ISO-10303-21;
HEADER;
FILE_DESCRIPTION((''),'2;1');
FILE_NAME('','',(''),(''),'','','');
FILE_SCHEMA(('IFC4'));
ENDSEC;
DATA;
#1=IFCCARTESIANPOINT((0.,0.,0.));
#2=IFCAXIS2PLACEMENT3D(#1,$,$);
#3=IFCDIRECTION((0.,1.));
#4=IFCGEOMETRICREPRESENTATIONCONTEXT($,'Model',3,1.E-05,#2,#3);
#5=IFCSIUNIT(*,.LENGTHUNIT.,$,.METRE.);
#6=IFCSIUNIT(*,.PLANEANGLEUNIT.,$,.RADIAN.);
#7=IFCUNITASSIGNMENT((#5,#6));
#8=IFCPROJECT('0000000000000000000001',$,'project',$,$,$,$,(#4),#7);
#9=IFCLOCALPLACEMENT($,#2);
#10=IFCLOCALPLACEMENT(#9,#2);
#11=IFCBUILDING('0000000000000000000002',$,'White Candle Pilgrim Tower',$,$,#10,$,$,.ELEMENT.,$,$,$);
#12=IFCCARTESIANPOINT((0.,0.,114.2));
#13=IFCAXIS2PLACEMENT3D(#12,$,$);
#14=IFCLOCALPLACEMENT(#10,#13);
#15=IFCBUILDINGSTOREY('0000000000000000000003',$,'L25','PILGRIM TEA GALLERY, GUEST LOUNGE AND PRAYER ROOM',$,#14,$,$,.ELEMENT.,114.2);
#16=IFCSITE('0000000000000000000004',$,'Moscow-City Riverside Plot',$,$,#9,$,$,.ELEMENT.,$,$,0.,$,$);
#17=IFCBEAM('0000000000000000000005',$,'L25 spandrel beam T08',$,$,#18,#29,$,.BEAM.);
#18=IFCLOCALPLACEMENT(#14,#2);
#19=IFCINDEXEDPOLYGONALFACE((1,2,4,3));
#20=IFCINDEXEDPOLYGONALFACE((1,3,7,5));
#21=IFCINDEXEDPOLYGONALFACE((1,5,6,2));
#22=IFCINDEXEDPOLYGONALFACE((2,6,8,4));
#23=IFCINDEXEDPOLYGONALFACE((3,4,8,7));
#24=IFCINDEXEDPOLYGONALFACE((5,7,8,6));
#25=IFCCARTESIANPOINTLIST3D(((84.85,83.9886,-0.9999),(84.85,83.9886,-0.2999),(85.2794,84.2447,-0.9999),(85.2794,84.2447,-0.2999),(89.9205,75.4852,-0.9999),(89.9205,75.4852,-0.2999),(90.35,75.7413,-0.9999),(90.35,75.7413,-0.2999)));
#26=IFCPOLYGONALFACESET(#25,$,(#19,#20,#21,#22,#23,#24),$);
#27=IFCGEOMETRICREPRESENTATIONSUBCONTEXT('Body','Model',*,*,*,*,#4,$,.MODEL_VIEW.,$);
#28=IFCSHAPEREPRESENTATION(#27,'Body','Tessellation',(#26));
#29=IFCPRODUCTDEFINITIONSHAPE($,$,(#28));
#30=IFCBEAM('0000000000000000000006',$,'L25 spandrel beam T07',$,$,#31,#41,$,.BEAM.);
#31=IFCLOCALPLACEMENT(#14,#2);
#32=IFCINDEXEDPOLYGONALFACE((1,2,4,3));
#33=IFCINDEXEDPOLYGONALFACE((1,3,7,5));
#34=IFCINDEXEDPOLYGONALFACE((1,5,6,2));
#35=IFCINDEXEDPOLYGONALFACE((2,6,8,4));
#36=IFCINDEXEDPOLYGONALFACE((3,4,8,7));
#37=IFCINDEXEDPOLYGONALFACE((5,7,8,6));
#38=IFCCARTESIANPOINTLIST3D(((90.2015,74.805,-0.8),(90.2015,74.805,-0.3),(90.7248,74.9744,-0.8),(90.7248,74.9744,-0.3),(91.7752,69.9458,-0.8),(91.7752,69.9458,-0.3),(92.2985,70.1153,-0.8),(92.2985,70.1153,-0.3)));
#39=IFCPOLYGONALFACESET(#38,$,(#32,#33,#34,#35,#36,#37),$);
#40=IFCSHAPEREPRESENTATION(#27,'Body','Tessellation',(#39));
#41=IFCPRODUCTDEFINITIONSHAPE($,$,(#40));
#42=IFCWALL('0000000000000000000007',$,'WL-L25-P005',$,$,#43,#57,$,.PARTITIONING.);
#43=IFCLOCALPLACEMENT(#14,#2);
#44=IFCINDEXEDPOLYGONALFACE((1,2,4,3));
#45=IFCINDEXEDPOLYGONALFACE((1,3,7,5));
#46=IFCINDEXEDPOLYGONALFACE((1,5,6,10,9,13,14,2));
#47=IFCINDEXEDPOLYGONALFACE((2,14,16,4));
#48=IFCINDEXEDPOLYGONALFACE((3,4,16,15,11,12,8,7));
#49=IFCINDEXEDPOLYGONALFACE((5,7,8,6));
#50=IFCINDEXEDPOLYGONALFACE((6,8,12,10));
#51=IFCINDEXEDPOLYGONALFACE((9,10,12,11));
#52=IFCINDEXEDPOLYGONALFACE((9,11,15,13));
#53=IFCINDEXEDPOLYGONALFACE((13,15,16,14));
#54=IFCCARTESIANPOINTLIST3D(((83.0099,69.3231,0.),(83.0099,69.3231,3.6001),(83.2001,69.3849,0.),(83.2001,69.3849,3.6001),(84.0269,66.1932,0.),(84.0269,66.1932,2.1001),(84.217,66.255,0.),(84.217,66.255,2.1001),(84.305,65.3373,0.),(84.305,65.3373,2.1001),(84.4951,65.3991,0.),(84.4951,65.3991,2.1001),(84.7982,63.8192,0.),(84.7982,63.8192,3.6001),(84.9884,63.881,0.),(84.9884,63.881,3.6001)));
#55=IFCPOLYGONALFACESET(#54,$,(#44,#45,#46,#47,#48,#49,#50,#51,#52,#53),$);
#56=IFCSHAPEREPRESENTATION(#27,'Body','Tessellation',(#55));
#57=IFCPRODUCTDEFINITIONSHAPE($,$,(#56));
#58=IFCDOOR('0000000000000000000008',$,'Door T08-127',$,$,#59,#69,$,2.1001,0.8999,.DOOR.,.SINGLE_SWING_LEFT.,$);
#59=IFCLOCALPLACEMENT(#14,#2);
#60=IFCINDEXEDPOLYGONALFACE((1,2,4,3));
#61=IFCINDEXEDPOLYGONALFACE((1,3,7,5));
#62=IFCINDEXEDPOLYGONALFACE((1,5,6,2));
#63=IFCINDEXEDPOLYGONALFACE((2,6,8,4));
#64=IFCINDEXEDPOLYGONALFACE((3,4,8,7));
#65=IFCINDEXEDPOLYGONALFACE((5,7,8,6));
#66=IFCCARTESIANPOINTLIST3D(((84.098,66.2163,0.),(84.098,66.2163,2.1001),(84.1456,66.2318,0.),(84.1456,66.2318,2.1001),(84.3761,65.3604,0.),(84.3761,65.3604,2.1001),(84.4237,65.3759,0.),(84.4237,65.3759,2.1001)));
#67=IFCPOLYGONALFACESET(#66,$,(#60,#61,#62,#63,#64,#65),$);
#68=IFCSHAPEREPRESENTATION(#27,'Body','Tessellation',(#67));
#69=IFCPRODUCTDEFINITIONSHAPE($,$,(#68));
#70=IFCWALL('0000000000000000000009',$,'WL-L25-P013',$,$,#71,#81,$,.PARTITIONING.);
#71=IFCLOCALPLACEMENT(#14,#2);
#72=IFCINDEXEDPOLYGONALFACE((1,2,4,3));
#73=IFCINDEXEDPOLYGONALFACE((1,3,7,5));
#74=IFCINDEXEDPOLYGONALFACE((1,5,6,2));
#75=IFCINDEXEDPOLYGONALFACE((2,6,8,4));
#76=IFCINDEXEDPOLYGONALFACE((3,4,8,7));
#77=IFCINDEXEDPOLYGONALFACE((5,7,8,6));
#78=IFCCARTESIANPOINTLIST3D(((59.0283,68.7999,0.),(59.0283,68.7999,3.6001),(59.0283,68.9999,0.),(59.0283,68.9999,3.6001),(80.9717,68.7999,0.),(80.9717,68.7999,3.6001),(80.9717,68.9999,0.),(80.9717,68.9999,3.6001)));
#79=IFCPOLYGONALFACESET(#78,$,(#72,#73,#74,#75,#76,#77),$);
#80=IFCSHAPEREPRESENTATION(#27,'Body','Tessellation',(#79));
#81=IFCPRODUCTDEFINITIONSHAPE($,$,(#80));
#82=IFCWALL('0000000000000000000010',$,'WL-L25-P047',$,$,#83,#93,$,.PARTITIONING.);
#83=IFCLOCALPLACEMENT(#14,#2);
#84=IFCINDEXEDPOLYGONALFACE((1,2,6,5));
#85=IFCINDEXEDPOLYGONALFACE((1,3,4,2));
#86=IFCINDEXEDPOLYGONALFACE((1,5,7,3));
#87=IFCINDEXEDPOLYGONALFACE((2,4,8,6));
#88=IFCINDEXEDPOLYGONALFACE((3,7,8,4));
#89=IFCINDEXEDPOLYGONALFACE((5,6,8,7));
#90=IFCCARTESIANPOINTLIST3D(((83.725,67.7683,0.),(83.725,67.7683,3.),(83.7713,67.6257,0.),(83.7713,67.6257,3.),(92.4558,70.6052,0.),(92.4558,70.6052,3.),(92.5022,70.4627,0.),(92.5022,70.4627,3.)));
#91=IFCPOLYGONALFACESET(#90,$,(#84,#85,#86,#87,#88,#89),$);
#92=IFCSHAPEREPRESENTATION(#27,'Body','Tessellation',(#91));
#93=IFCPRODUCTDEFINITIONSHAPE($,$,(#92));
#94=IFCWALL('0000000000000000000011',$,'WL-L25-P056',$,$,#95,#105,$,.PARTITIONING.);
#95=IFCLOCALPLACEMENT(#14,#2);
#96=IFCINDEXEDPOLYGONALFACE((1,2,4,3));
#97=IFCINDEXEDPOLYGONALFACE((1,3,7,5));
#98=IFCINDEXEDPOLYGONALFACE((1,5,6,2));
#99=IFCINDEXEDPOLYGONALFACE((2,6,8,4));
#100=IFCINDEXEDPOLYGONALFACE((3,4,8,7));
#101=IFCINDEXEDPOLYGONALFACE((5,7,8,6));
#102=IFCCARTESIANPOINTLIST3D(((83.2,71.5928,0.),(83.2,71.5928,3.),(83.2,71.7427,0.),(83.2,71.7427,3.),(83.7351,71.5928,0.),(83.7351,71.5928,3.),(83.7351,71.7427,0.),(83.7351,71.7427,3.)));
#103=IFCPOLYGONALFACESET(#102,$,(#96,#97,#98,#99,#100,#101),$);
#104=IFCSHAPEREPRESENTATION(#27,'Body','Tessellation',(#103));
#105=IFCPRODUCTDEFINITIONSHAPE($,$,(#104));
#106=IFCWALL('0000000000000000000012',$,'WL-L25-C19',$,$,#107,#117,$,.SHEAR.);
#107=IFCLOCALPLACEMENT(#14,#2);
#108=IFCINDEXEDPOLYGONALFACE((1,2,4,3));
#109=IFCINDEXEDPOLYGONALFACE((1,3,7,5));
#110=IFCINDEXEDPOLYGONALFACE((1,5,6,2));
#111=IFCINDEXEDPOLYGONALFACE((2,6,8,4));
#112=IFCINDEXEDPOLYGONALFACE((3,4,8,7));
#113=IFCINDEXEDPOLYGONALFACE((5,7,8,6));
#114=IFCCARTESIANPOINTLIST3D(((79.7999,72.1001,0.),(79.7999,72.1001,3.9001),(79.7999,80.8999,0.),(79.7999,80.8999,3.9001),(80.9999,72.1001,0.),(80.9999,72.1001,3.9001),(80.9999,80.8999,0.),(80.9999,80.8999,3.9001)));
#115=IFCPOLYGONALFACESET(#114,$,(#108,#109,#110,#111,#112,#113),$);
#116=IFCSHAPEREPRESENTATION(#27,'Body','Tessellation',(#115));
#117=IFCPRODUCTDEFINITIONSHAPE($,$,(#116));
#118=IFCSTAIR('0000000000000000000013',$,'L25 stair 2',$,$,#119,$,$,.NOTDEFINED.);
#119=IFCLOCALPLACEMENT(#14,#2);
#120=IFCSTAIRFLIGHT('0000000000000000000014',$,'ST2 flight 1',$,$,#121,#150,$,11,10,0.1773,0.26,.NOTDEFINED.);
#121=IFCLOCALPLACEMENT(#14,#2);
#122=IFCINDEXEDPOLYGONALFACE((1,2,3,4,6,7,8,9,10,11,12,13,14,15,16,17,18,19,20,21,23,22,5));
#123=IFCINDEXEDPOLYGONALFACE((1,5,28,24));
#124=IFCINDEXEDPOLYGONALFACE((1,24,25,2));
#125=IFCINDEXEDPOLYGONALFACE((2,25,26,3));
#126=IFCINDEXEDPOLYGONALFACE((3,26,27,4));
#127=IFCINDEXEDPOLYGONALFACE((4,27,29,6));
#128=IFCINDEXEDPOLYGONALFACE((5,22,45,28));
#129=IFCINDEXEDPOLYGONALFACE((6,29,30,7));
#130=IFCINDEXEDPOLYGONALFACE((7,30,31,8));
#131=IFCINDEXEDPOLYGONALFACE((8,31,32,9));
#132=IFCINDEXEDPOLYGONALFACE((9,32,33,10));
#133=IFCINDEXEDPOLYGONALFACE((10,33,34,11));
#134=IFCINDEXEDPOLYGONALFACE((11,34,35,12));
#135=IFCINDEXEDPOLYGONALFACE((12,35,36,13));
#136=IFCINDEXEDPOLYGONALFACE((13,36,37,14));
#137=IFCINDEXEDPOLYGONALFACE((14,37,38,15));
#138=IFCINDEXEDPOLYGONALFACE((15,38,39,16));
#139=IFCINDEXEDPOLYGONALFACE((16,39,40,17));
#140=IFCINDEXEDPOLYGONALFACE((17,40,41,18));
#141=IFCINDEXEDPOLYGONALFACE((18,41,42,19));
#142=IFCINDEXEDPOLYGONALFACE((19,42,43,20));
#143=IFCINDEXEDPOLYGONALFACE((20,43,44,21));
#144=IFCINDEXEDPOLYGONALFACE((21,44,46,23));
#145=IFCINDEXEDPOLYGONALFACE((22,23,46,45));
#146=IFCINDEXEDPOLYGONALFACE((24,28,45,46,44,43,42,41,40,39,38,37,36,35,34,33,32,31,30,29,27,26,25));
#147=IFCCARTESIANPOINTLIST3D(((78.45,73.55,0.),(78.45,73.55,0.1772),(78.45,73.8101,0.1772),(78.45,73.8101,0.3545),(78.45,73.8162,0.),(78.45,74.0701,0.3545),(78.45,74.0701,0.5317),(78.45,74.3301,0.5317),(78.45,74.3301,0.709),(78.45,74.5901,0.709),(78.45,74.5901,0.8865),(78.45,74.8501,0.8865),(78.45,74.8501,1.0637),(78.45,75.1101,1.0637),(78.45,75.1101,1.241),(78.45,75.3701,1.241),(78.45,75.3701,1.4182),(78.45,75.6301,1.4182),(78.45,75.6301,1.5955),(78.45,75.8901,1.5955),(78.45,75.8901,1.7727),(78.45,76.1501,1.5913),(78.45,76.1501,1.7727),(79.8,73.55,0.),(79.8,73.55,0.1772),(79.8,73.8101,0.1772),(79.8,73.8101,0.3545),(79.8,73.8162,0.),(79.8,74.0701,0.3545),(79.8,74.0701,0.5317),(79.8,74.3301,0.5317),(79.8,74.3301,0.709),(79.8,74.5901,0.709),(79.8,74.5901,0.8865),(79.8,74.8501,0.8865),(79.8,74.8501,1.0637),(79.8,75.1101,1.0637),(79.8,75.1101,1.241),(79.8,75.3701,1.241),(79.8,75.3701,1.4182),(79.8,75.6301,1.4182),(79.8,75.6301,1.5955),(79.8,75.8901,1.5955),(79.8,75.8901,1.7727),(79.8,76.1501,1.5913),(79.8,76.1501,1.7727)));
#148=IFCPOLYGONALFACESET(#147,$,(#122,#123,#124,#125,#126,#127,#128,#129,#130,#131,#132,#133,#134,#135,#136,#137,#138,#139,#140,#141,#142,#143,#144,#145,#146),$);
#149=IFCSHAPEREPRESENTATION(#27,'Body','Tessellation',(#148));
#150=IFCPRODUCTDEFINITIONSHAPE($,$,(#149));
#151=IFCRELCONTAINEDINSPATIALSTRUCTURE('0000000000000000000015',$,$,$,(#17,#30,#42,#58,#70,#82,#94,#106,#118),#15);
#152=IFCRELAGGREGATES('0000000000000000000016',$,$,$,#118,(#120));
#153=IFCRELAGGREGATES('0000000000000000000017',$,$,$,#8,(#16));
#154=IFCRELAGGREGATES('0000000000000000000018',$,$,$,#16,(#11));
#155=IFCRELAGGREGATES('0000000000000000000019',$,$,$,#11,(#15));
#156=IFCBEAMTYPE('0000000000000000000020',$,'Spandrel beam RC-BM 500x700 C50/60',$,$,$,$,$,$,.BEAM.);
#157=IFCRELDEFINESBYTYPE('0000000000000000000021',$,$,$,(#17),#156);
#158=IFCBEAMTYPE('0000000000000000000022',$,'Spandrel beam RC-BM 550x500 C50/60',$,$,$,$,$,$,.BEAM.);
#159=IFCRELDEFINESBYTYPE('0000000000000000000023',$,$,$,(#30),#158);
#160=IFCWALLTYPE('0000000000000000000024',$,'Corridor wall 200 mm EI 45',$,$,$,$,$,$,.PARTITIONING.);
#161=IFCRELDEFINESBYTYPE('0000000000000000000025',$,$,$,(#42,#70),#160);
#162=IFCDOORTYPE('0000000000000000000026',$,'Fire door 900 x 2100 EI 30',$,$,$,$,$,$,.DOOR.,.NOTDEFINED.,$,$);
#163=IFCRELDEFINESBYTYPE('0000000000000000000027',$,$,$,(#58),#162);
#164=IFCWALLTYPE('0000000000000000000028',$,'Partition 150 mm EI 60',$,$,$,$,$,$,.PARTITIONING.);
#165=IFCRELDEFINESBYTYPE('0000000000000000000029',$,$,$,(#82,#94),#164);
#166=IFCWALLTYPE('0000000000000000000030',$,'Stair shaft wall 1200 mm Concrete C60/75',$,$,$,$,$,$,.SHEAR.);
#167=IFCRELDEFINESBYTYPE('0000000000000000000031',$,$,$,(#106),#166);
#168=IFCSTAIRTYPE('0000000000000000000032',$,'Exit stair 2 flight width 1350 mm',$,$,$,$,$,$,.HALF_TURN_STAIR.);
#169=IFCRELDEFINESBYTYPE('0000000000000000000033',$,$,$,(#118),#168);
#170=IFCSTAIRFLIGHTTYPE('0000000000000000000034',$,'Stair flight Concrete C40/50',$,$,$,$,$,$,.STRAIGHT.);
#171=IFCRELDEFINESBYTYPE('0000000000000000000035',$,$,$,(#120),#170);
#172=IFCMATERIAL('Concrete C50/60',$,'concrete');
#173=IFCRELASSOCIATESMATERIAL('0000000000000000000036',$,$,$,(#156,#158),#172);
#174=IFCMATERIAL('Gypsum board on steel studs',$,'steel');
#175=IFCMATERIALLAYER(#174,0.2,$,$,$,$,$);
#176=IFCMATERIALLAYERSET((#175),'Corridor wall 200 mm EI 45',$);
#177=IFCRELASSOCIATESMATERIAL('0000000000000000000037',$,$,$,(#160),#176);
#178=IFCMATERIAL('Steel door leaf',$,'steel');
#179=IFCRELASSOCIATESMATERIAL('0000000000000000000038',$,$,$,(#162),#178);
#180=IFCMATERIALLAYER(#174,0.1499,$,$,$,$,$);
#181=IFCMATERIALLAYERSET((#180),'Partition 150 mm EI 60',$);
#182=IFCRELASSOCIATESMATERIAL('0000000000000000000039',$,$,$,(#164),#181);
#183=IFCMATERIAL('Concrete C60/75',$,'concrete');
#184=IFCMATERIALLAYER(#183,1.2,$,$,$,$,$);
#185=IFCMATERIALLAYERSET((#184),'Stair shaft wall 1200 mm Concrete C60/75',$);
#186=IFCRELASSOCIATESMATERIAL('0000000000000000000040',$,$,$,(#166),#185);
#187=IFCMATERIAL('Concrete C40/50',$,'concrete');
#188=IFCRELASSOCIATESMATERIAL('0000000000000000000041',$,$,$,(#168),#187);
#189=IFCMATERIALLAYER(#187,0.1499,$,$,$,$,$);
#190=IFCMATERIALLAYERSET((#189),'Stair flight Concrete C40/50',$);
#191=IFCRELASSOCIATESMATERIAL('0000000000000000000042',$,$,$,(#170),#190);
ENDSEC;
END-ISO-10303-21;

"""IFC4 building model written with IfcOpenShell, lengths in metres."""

from ifc_helpers import new_model, si_unit, direction, frame, frame_2d, origin, origin_2d, place, context, subcontext, project, spatial, polyline, rectangle, outline, extrude, material, layer, layer_set, material_profile, profile_set, type_object, element, fill, aggregate, save


model = new_model("IFC4")

# Units and contexts
model_context = context("Model", 3, precision=1e-05, world=origin(), true_north=direction((0.0, 1.0)))
body_context = subcontext(model_context, "Body", "Model", "MODEL_VIEW")
ifc_project = project(units=[si_unit("LENGTHUNIT", "METRE"), si_unit("PLANEANGLEUNIT", "RADIAN")], contexts=[model_context])

# Site, building, storey
site_placement = place(None, origin())
site = spatial("IfcSite", under=ifc_project, at=site_placement, Name="Moscow-City Riverside Plot", CompositionType="ELEMENT", RefElevation=0.0)
building_placement = place(site_placement, origin())
building = spatial("IfcBuilding", under=site, at=building_placement, Name="White Candle Pilgrim Tower", CompositionType="ELEMENT")
storey_placement = place(building_placement, frame((0.0, 0.0, 114.2)))
storey = spatial("IfcBuildingStorey", under=building, at=storey_placement, Name="L25", Description="PILGRIM TEA GALLERY, GUEST LOUNGE AND PRAYER ROOM", CompositionType="ELEMENT", Elevation=114.2)

# Beams
ifc_material_1 = material(Name="Concrete C50/60", Category="concrete")
ifc_material_profile_1 = material_profile(ifc_material_1, rectangle(XDim=0.5, YDim=0.7, at=origin_2d()), Name="RC-BM 500x700")
ifc_profile_set_1 = profile_set([ifc_material_profile_1], Name="Concrete C50/60")
beam_type_1 = type_object("IfcBeamType", Name="Spandrel beam RC-BM 500x700 C50/60", PredefinedType="BEAM", material=ifc_profile_set_1)
beam_1_placement = place(storey_placement, frame((90.1353, 75.6133, -0.6499), z_axis=(-0.512155, 0.858893, 0.0), x_axis=(-0.858893, -0.512155, 0.0)))
element("IfcBeam", 1, at=beam_1_placement, inside=storey, type_object=beam_type_1, Name="L25 spandrel beam T08", PredefinedType="BEAM", context=body_context, shape_type="SweptSolid", body=[
    extrude(rectangle(XDim=0.5, YDim=0.7, at=origin_2d()), origin(), (0.0, 0.0, 1.0), 9.9004),
])
ifc_material_profile_2 = material_profile(ifc_material_1, rectangle(XDim=0.55, YDim=0.5, at=origin_2d()), Name="RC-BM 550x500")
ifc_profile_set_2 = profile_set([ifc_material_profile_2], Name="Concrete C50/60")
beam_type_2 = type_object("IfcBeamType", Name="Spandrel beam RC-BM 550x500 C50/60", PredefinedType="BEAM", material=ifc_profile_set_2)
beam_2_placement = place(storey_placement, frame((92.0369, 70.0305, -0.55), z_axis=(-0.308114, 0.951349, 0.0), x_axis=(-0.951349, -0.308114, 0.0)))
element("IfcBeam", 2, at=beam_2_placement, inside=storey, type_object=beam_type_2, Name="L25 spandrel beam T07", PredefinedType="BEAM", context=body_context, shape_type="SweptSolid", body=[
    extrude(rectangle(XDim=0.55, YDim=0.5, at=origin_2d()), origin(), (0.0, 0.0, 1.0), 5.1077),
])

# Wall, opening, door
ifc_material_2 = material(Name="Gypsum board on steel studs", Category="steel")
ifc_layer_1 = layer(ifc_material_2, 0.2)
ifc_layer_set_1 = layer_set([ifc_layer_1], Name="Corridor wall 200 mm EI 45")
wall_type_1 = type_object("IfcWallType", Name="Corridor wall 200 mm EI 45", PredefinedType="PARTITIONING", material=ifc_layer_set_1)
wall_1_placement = place(storey_placement, frame((83.105, 69.354, 0.0), z_axis=(0.0, 0.0, 1.0), x_axis=(0.309017, -0.951056, 0.0)))
wall_1 = element("IfcWall", 3, at=wall_1_placement, inside=storey, type_object=wall_type_1, Name="WL-L25-P005", PredefinedType="PARTITIONING", context=body_context, shape_type="SweptSolid", body=[
    extrude(rectangle(XDim=5.7871, YDim=0.2, at=frame_2d((2.8936, 0.0))), origin(), (0.0, 0.0, 1.0), 3.6001),
])
opening_placement = place(wall_1_placement, frame((3.291, 0.0, 0.0)))
opening = element("IfcOpeningElement", 4, at=opening_placement, cuts=wall_1, PredefinedType="OPENING", context=body_context, shape_type="SweptSolid", body=[
    extrude(rectangle(XDim=0.8999, YDim=2.1001, at=frame_2d((0.45, 1.05))), frame((0.0, 0.1099, 0.0), z_axis=(0.0, -1.0, 0.0), x_axis=(1.0, 0.0, 0.0)), (0.0, 0.0, 1.0), 0.22),
])
ifc_material_3 = material(Name="Steel door leaf", Category="steel")
door_type = type_object("IfcDoorType", Name="Fire door 900 x 2100 EI 30", OperationType="NOTDEFINED", PredefinedType="DOOR", material=ifc_material_3)
door_placement = place(opening_placement, origin())
door = element("IfcDoor", 5, at=door_placement, inside=storey, type_object=door_type, Name="Door T08-127", OperationType="SINGLE_SWING_LEFT", OverallHeight=2.1001, OverallWidth=0.8999, PredefinedType="DOOR", context=body_context, shape_type="SweptSolid", body=[
    extrude(rectangle(XDim=0.8999, YDim=2.1001, at=frame_2d((0.45, 1.05))), frame((0.0, 0.0249, 0.0), z_axis=(0.0, -1.0, 0.0), x_axis=(1.0, 0.0, 0.0)), (0.0, 0.0, 1.0), 0.05),
])
fill(opening, door)

# Walls
wall_2_placement = place(storey_placement, frame((80.9717, 68.8999, 0.0), z_axis=(0.0, 0.0, 1.0), x_axis=(-1.0, 0.0, 0.0)))
element("IfcWall", 6, at=wall_2_placement, inside=storey, type_object=wall_type_1, Name="WL-L25-P013", PredefinedType="PARTITIONING", context=body_context, shape_type="SweptSolid", body=[
    extrude(rectangle(XDim=21.9434, YDim=0.2, at=frame_2d((10.9717, 0.0))), origin(), (0.0, 0.0, 1.0), 3.6001),
])
ifc_layer_2 = layer(ifc_material_2, 0.1499)
ifc_layer_set_2 = layer_set([ifc_layer_2], Name="Partition 150 mm EI 60")
wall_type_2 = type_object("IfcWallType", Name="Partition 150 mm EI 60", PredefinedType="PARTITIONING", material=ifc_layer_set_2)
wall_3_placement = place(storey_placement, frame((92.479, 70.5339, 0.0), z_axis=(0.0, 0.0, 1.0), x_axis=(-0.951052, -0.30903, 0.0)))
element("IfcWall", 7, at=wall_3_placement, inside=storey, type_object=wall_type_2, Name="WL-L25-P047", PredefinedType="PARTITIONING", context=body_context, shape_type="SweptSolid", body=[
    extrude(rectangle(XDim=9.1802, YDim=0.1499, at=frame_2d((4.5901, 0.0))), origin(), (0.0, 0.0, 1.0), 3.0),
])
wall_4_placement = place(storey_placement, frame((83.7351, 71.6677, 0.0), z_axis=(0.0, 0.0, 1.0), x_axis=(-1.0, 0.0, 0.0)))
element("IfcWall", 8, at=wall_4_placement, inside=storey, type_object=wall_type_2, Name="WL-L25-P056", PredefinedType="PARTITIONING", context=body_context, shape_type="SweptSolid", body=[
    extrude(rectangle(XDim=0.5352, YDim=0.1499, at=frame_2d((0.2676, 0.0))), origin(), (0.0, 0.0, 1.0), 3.0),
])
ifc_material_4 = material(Name="Concrete C60/75", Category="concrete")
ifc_layer_3 = layer(ifc_material_4, 1.2)
ifc_layer_set_3 = layer_set([ifc_layer_3], Name="Stair shaft wall 1200 mm Concrete C60/75")
wall_type_3 = type_object("IfcWallType", Name="Stair shaft wall 1200 mm Concrete C60/75", PredefinedType="SHEAR", material=ifc_layer_set_3)
wall_5_placement = place(storey_placement, frame((80.3999, 72.1001, 0.0), z_axis=(0.0, 0.0, 1.0), x_axis=(0.0, 1.0, 0.0)))
element("IfcWall", 9, at=wall_5_placement, inside=storey, type_object=wall_type_3, Name="WL-L25-C19", PredefinedType="SHEAR", context=body_context, shape_type="SweptSolid", body=[
    extrude(rectangle(XDim=8.7998, YDim=1.2, at=frame_2d((4.3999, 0.0))), origin(), (0.0, 0.0, 1.0), 3.9001),
])

# Stair, stair flight
ifc_material_5 = material(Name="Concrete C40/50", Category="concrete")
stair_type = type_object("IfcStairType", Name="Exit stair 2 flight width 1350 mm", PredefinedType="HALF_TURN_STAIR", material=ifc_material_5)
stair_placement = place(storey_placement, origin())
stair = element("IfcStair", 10, at=stair_placement, inside=storey, type_object=stair_type, Name="L25 stair 2", PredefinedType="NOTDEFINED")
ifc_layer_4 = layer(ifc_material_5, 0.1499)
ifc_layer_set_4 = layer_set([ifc_layer_4], Name="Stair flight Concrete C40/50")
stair_flight_type = type_object("IfcStairFlightType", Name="Stair flight Concrete C40/50", PredefinedType="STRAIGHT", material=ifc_layer_set_4)
stair_flight_placement = place(storey_placement, frame((79.125, 73.55, 0.0), z_axis=(0.0, 0.0, 1.0), x_axis=(0.0, 1.0, 0.0)))
stair_flight = element("IfcStairFlight", 11, at=stair_flight_placement, type_object=stair_flight_type, Name="ST2 flight 1", NumberOfRisers=11, NumberOfTreads=10, PredefinedType="NOTDEFINED", RiserHeight=0.1773, TreadLength=0.26, context=body_context, shape_type="SweptSolid", body=[
    extrude(outline(polyline([(0.0, 0.0), (0.0, 0.1772), (0.26, 0.1772), (0.26, 0.3545), (0.52, 0.3545), (0.52, 0.5317), (0.78, 0.5317), (0.78, 0.709), (1.04, 0.709), (1.04, 0.8865), (1.3, 0.8865), (1.3, 1.0637), (1.5601, 1.0637), (1.5601, 1.241), (1.8201, 1.241), (1.8201, 1.4182), (2.0801, 1.4182), (2.0801, 1.5955), (2.3401, 1.5955), (2.3401, 1.7727), (2.6001, 1.7727), (2.6001, 1.95), (2.6001, 1.5913), (0.2661, 0.0), (0.0, 0.0)])), frame((0.0, 0.675, 0.0), z_axis=(0.0, -1.0, 0.0), x_axis=(1.0, 0.0, 0.0)), (0.0, 0.0, 1.0), 1.3501),
])
aggregate(stair, [stair_flight])

save(model, "model.ifc")
